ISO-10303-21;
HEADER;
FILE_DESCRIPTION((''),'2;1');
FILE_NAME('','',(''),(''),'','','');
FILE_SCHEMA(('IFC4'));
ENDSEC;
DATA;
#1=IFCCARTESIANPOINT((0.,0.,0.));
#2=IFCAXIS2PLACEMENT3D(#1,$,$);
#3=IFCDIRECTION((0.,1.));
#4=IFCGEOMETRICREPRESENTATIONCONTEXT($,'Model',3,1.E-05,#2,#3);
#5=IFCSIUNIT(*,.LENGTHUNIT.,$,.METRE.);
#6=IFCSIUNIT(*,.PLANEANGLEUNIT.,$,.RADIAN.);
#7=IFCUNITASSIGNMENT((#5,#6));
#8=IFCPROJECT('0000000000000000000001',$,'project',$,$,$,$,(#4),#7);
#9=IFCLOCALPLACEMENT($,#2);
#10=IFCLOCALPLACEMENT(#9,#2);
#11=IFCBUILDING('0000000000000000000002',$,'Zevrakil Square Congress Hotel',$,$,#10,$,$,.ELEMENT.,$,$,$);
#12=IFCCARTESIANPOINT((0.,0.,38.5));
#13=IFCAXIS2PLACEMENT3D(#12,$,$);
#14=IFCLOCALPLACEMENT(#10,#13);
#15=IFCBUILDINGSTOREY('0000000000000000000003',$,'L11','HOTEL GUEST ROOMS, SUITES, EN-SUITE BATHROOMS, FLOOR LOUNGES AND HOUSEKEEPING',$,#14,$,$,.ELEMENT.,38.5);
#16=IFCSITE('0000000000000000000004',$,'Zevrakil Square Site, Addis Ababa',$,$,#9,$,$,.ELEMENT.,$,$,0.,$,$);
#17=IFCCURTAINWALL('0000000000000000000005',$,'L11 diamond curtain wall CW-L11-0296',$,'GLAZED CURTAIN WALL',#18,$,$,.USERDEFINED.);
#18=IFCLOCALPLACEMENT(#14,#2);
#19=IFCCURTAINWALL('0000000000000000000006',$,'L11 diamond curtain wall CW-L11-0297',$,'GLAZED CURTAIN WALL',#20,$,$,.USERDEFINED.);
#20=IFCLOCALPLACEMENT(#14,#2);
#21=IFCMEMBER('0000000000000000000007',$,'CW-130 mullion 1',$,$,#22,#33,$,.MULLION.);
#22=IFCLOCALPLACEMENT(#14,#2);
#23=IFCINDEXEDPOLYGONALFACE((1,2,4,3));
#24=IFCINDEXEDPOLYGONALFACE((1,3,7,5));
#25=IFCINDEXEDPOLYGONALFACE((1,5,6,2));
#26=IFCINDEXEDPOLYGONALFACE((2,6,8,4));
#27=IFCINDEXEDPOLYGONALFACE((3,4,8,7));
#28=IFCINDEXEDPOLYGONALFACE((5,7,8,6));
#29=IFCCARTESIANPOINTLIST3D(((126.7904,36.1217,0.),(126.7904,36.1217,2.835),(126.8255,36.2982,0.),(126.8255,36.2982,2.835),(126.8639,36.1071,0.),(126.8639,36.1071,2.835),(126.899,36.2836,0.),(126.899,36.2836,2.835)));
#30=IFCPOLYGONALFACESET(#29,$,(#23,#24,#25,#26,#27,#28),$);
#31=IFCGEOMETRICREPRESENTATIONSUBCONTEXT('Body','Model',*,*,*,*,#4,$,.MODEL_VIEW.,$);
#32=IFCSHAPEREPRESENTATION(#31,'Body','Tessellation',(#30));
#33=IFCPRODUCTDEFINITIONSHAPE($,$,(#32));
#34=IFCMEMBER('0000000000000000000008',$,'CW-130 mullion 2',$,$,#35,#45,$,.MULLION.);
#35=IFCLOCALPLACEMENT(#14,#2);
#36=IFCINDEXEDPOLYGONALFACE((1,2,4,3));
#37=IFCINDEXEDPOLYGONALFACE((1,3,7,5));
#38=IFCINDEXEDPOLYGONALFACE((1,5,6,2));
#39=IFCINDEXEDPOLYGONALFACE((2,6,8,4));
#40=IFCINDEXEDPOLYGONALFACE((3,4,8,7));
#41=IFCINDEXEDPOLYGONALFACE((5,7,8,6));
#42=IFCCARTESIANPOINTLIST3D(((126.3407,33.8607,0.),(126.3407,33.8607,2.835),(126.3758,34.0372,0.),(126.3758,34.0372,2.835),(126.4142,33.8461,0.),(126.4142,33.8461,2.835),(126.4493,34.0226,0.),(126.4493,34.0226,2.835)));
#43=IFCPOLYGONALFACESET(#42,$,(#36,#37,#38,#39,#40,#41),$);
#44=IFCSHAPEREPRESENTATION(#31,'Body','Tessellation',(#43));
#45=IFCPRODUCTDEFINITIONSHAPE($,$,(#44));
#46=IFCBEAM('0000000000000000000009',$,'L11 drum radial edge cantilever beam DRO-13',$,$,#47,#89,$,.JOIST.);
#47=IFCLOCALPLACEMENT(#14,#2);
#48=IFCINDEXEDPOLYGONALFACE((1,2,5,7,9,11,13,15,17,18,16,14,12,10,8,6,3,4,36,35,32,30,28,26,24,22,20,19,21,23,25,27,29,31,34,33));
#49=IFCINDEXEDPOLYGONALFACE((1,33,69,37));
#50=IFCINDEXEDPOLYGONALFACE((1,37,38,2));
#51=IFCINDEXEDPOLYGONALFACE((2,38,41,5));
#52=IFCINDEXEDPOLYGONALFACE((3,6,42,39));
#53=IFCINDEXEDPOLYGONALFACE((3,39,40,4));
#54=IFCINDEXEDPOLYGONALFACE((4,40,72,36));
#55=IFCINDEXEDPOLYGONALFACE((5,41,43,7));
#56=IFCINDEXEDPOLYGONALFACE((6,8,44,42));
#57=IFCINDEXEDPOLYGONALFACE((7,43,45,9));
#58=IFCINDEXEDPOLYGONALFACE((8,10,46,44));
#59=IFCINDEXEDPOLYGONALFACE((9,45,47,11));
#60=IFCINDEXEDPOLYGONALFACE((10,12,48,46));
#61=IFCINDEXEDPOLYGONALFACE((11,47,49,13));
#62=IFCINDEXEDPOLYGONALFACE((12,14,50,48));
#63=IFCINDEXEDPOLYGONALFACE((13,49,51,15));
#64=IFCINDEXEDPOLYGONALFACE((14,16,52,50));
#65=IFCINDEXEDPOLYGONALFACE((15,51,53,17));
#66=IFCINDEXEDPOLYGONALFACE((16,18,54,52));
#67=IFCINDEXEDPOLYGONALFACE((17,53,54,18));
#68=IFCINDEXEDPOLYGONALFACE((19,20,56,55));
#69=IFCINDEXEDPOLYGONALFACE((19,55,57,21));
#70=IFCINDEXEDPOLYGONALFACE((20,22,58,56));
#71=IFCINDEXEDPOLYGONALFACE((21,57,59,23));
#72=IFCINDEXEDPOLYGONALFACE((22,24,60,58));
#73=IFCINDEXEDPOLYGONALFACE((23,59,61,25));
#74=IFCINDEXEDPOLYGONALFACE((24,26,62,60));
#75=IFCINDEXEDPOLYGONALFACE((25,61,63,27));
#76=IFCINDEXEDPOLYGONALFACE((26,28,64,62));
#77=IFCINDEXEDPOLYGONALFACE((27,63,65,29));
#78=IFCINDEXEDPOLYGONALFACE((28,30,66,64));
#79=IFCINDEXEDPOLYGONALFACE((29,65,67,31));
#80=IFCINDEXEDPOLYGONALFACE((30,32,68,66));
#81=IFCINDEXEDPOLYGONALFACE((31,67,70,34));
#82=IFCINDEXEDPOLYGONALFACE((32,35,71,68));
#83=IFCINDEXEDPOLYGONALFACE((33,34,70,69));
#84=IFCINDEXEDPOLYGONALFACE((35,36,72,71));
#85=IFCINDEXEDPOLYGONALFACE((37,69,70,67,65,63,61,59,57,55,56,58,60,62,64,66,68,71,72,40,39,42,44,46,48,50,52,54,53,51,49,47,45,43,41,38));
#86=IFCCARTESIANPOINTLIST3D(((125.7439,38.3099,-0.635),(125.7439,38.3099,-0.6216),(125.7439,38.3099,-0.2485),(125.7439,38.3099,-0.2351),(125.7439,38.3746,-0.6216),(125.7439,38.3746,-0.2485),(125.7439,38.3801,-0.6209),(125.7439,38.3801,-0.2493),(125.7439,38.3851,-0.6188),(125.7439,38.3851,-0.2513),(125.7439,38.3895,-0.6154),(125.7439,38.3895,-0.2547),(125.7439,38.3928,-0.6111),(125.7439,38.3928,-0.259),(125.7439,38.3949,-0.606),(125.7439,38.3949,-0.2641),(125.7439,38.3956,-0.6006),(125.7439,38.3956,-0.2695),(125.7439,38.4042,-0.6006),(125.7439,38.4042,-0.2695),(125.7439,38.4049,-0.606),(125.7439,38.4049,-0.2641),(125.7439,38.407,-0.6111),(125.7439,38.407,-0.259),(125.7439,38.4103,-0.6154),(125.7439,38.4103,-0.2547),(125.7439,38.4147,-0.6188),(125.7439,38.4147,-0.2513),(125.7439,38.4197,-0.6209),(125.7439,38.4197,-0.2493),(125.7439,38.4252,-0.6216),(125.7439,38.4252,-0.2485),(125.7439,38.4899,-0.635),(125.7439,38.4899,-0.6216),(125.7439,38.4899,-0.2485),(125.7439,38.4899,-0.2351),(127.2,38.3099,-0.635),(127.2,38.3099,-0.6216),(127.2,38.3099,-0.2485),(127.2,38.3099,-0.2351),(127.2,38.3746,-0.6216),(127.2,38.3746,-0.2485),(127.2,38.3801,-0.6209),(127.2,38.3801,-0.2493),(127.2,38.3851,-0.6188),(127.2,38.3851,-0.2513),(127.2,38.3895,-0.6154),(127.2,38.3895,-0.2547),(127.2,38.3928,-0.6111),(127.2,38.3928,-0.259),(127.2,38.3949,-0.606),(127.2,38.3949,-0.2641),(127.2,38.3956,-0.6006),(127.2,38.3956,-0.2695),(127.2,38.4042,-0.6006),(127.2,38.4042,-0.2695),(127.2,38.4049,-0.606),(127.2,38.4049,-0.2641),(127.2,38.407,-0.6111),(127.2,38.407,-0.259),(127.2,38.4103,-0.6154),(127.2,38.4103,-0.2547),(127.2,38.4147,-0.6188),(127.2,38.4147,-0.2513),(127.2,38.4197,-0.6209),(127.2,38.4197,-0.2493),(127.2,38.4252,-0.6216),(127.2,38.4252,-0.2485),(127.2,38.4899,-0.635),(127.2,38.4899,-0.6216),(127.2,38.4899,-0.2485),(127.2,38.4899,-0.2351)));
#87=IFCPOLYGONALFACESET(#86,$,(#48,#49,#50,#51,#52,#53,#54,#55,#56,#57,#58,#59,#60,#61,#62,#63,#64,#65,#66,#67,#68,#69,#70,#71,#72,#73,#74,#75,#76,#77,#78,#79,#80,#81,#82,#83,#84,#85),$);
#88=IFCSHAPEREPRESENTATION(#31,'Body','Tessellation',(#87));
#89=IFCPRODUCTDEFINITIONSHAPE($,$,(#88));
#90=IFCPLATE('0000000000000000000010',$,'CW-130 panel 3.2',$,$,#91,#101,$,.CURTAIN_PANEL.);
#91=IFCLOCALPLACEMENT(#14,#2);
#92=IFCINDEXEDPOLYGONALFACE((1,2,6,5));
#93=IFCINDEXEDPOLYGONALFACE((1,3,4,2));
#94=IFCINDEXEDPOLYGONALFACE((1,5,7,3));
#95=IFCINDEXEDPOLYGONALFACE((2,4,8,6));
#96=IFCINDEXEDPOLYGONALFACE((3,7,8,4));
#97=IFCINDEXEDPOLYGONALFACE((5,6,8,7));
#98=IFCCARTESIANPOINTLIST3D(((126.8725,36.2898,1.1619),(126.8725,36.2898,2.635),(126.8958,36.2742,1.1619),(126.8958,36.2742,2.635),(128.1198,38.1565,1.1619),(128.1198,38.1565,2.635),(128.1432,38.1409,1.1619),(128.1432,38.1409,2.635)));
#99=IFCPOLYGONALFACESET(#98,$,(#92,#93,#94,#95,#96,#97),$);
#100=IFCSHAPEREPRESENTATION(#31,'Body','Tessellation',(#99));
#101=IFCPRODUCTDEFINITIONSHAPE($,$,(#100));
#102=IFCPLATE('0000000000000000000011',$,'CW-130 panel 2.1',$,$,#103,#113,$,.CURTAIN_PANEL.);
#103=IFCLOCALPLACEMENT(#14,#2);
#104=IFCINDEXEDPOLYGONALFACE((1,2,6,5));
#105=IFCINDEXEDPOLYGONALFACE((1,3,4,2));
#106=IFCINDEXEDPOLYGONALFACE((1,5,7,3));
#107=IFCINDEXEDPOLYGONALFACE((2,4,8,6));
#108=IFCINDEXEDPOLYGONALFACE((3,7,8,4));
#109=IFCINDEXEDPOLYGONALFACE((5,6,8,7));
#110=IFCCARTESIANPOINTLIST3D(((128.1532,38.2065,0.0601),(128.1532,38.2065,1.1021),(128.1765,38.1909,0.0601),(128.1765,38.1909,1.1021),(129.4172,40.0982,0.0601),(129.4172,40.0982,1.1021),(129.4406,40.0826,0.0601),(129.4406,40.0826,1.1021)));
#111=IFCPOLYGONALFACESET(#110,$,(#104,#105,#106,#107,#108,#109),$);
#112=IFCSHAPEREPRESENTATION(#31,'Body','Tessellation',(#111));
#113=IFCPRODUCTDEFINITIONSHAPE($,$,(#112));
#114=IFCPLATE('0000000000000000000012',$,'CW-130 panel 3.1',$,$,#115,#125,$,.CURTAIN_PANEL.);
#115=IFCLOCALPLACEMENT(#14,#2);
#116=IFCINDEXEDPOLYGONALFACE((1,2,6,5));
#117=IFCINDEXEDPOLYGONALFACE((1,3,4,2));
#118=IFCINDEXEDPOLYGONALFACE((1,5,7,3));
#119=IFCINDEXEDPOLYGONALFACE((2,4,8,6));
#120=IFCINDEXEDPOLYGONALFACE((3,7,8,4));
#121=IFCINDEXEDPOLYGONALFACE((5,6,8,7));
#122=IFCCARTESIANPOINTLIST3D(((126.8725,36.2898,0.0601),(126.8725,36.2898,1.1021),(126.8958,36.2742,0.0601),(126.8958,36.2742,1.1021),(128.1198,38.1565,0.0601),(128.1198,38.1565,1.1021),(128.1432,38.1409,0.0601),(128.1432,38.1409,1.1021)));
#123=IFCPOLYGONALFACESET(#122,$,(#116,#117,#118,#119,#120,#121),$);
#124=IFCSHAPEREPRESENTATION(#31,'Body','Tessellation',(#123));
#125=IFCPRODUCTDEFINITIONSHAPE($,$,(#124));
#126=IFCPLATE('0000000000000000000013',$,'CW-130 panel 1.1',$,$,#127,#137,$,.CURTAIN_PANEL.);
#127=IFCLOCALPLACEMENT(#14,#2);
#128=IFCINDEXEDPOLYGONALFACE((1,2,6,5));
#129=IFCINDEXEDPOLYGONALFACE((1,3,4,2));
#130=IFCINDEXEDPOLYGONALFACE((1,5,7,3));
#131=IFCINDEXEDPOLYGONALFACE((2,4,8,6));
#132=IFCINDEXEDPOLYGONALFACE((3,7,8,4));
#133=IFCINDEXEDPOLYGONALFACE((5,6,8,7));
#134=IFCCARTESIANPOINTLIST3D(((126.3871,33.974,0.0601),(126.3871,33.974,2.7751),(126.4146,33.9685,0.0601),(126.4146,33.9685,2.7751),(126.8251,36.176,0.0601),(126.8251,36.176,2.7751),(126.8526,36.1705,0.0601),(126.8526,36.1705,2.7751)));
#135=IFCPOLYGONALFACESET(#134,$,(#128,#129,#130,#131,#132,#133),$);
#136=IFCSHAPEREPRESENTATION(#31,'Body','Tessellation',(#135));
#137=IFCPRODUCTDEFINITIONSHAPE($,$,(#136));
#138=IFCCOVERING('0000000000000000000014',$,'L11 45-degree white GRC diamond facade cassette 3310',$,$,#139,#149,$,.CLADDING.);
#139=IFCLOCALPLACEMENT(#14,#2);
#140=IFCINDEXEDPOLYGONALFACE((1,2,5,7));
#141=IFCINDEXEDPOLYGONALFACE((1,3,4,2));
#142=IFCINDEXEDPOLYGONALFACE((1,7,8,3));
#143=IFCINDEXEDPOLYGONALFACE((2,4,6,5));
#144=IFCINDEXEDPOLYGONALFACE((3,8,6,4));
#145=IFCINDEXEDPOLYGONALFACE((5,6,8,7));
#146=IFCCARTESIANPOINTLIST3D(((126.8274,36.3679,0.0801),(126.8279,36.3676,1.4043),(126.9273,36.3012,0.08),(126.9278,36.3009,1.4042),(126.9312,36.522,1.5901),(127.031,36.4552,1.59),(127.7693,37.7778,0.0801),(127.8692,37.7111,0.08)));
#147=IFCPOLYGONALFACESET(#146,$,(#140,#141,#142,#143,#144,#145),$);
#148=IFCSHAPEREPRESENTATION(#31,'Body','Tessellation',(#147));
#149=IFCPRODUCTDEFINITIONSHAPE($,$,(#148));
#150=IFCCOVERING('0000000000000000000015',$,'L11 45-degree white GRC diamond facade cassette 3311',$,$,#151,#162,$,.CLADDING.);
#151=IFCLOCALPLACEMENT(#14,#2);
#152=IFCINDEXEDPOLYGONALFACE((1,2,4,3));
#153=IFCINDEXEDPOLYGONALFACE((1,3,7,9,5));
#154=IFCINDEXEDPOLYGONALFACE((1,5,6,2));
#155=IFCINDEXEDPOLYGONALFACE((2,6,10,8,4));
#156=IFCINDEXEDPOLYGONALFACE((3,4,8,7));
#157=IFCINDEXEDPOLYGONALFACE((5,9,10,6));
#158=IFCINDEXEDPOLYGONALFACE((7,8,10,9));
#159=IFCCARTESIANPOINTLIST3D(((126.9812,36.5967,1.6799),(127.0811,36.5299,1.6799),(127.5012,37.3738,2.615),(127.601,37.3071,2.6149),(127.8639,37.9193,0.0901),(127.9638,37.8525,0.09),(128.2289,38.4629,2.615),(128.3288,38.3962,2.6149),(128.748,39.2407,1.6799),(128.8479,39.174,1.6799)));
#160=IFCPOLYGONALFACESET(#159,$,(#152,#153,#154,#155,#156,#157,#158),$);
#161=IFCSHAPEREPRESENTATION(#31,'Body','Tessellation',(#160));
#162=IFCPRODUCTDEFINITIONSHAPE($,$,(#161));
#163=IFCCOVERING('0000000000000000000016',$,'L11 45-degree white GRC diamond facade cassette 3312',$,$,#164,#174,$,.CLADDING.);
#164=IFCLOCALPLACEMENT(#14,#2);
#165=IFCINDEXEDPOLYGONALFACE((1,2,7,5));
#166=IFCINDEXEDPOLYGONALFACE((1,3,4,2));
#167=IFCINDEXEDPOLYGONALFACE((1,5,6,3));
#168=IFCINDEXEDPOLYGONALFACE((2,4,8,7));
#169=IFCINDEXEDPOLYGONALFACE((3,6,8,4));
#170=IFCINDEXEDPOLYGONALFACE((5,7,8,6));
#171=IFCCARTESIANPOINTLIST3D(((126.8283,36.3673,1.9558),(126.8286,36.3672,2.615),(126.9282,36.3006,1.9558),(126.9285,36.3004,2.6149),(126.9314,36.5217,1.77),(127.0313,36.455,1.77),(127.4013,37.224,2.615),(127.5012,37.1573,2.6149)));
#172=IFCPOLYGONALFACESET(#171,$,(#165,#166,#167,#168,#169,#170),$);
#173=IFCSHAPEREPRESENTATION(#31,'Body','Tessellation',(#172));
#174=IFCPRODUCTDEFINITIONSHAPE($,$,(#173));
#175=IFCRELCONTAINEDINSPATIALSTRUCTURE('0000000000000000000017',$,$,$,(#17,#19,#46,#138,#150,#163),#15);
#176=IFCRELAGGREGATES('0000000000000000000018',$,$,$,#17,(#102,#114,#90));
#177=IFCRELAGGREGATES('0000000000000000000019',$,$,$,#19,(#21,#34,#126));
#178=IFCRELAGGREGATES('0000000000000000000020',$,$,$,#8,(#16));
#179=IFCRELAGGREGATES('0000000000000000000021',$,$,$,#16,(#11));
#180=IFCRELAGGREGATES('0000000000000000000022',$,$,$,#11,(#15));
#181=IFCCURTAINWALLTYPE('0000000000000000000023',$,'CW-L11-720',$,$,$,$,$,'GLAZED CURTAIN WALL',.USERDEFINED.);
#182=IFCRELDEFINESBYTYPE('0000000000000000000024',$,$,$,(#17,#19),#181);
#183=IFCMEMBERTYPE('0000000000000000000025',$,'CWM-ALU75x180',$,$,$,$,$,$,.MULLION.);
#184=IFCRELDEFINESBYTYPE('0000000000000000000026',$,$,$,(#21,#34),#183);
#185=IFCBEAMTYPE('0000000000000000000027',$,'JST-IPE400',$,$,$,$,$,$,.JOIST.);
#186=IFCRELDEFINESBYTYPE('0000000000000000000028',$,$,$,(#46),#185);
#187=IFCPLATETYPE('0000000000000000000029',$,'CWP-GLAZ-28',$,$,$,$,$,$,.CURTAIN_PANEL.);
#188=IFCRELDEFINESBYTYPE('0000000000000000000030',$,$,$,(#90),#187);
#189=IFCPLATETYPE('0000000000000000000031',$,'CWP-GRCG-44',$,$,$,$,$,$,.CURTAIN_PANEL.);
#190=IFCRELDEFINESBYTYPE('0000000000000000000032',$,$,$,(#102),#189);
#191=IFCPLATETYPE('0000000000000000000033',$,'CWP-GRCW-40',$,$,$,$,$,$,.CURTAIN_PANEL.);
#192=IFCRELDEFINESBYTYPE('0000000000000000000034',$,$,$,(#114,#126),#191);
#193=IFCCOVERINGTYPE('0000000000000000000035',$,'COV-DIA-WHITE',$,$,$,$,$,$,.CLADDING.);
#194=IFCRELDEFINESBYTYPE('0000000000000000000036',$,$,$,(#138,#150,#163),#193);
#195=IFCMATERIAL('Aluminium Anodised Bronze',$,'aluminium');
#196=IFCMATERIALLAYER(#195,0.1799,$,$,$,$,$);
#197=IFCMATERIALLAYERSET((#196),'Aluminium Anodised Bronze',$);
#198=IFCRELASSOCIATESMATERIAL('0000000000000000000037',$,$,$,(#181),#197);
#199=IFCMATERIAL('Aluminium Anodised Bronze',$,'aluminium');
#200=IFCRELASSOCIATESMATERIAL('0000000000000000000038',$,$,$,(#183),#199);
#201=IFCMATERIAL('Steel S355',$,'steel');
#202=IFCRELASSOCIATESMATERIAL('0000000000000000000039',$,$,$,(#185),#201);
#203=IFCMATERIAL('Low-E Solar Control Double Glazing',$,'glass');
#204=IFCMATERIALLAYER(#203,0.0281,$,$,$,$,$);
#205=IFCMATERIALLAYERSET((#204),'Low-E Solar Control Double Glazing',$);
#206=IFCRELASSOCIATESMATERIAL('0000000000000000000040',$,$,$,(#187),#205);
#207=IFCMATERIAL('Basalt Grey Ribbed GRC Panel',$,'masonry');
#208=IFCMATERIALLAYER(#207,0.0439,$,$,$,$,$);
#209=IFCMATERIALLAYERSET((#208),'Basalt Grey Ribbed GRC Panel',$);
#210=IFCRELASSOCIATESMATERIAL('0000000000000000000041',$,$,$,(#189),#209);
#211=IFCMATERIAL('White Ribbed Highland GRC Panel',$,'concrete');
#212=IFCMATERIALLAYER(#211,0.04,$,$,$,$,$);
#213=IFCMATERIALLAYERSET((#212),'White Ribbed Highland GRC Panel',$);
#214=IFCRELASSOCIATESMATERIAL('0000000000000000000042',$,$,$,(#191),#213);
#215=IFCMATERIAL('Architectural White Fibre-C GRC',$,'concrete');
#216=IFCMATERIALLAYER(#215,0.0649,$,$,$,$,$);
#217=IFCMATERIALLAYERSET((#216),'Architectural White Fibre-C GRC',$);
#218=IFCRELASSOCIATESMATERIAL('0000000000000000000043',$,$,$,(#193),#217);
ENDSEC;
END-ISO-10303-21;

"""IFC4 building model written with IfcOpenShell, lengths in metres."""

from ifc_helpers import new_model, si_unit, direction, frame, origin, origin_2d, place, context, subcontext, project, spatial, polyline, rectangle, i_section, outline, extrude, material, layer, layer_set, material_profile, profile_set, type_object, element, aggregate, save


model = new_model("IFC4")

# Units and contexts
model_context = context("Model", 3, precision=1e-05, world=origin(), true_north=direction((0.0, 1.0)))
body_context = subcontext(model_context, "Body", "Model", "MODEL_VIEW")
ifc_project = project(units=[si_unit("LENGTHUNIT", "METRE"), si_unit("PLANEANGLEUNIT", "RADIAN")], contexts=[model_context])

# Site, building, storey
site_placement = place(None, origin())
site = spatial("IfcSite", under=ifc_project, at=site_placement, Name="Zevrakil Square Site, Addis Ababa", CompositionType="ELEMENT", RefElevation=0.0)
building_placement = place(site_placement, origin())
building = spatial("IfcBuilding", under=site, at=building_placement, Name="Zevrakil Square Congress Hotel", CompositionType="ELEMENT")
storey_placement = place(building_placement, frame((0.0, 0.0, 38.5)))
storey = spatial("IfcBuildingStorey", under=building, at=storey_placement, Name="L11", Description="HOTEL GUEST ROOMS, SUITES, EN-SUITE BATHROOMS, FLOOR LOUNGES AND HOUSEKEEPING", CompositionType="ELEMENT", Elevation=38.5)

# Curtain walls
ifc_material_1 = material(Name="Aluminium Anodised Bronze", Category="aluminium")
ifc_layer_1 = layer(ifc_material_1, 0.1799)
ifc_layer_set_1 = layer_set([ifc_layer_1], Name="Aluminium Anodised Bronze")
curtain_wall_type = type_object("IfcCurtainWallType", Name="CW-L11-720", ElementType="GLAZED CURTAIN WALL", PredefinedType="USERDEFINED", material=ifc_layer_set_1)
curtain_wall_1_placement = place(storey_placement, origin())
curtain_wall_1 = element("IfcCurtainWall", 1, at=curtain_wall_1_placement, inside=storey, type_object=curtain_wall_type, Name="L11 diamond curtain wall CW-L11-0296", ObjectType="GLAZED CURTAIN WALL", PredefinedType="USERDEFINED")
curtain_wall_2_placement = place(storey_placement, origin())
curtain_wall_2 = element("IfcCurtainWall", 2, at=curtain_wall_2_placement, inside=storey, type_object=curtain_wall_type, Name="L11 diamond curtain wall CW-L11-0297", ObjectType="GLAZED CURTAIN WALL", PredefinedType="USERDEFINED")

# Members
ifc_material_2 = material(Name="Aluminium Anodised Bronze", Category="aluminium")
ifc_material_profile_1 = material_profile(ifc_material_2, rectangle(XDim=0.075, YDim=0.1799, at=origin_2d()), Name="ALU 75x180")
ifc_profile_set_1 = profile_set([ifc_material_profile_1], Name="Aluminium Anodised Bronze")
member_type_1 = type_object("IfcMemberType", Name="CWM-ALU75x180", PredefinedType="MULLION", material=ifc_profile_set_1)
member_1_placement = place(storey_placement, frame((126.8447, 36.2026, 0.0), z_axis=(0.0, 0.0, 1.0), x_axis=(0.980787, -0.195084, 0.0)))
member_1 = element("IfcMember", 3, at=member_1_placement, type_object=member_type_1, Name="CW-130 mullion 1", PredefinedType="MULLION", context=body_context, shape_type="SweptSolid", body=[
    extrude(rectangle(XDim=0.075, YDim=0.1799, at=origin_2d()), origin(), (0.0, 0.0, 1.0), 2.835),
])
member_2_placement = place(storey_placement, frame((126.395, 33.9417, 0.0), z_axis=(0.0, 0.0, 1.0), x_axis=(0.980787, -0.195084, 0.0)))
member_2 = element("IfcMember", 4, at=member_2_placement, type_object=member_type_1, Name="CW-130 mullion 2", PredefinedType="MULLION", context=body_context, shape_type="SweptSolid", body=[
    extrude(rectangle(XDim=0.075, YDim=0.1799, at=origin_2d()), origin(), (0.0, 0.0, 1.0), 2.835),
])

# Beam
ifc_material_3 = material(Name="Steel S355", Category="steel")
ifc_material_profile_2 = material_profile(ifc_material_3, i_section(OverallWidth=0.1799, OverallDepth=0.3999, WebThickness=0.0085, FlangeThickness=0.0134, FilletRadius=0.021, at=origin_2d()), Name="IPE 400")
ifc_profile_set_2 = profile_set([ifc_material_profile_2], Name="Steel S355")
beam_type_1 = type_object("IfcBeamType", Name="JST-IPE400", PredefinedType="JOIST", material=ifc_profile_set_2)
beam_1_placement = place(storey_placement, frame((127.2, 38.3999, -0.4351), z_axis=(-1.0, 0.0, 0.0), x_axis=(0.0, -1.0, 0.0)))
element("IfcBeam", 5, at=beam_1_placement, inside=storey, type_object=beam_type_1, Name="L11 drum radial edge cantilever beam DRO-13", PredefinedType="JOIST", context=body_context, shape_type="SweptSolid", body=[
    extrude(i_section(OverallWidth=0.1799, OverallDepth=0.3999, WebThickness=0.0085, FlangeThickness=0.0134, FilletRadius=0.021, at=origin_2d()), origin(), (0.0, 0.0, 1.0), 1.4561),
])

# Plates
ifc_material_4 = material(Name="Low-E Solar Control Double Glazing", Category="glass")
ifc_layer_2 = layer(ifc_material_4, 0.0281)
ifc_layer_set_2 = layer_set([ifc_layer_2], Name="Low-E Solar Control Double Glazing")
plate_type_1 = type_object("IfcPlateType", Name="CWP-GLAZ-28", PredefinedType="CURTAIN_PANEL", material=ifc_layer_set_2)
plate_1_placement = place(storey_placement, frame((127.5078, 37.2153, 1.1619), z_axis=(0.0, 0.0, 1.0), x_axis=(-0.555576, -0.831466, 0.0)))
plate_1 = element("IfcPlate", 6, at=plate_1_placement, type_object=plate_type_1, Name="CW-130 panel 3.2", PredefinedType="CURTAIN_PANEL", context=body_context, shape_type="SweptSolid", body=[
    extrude(rectangle(XDim=2.2451, YDim=0.0281, at=origin_2d()), origin(), (0.0, 0.0, 1.0), 1.4731),
])
ifc_material_5 = material(Name="Basalt Grey Ribbed GRC Panel", Category="masonry")
ifc_layer_3 = layer(ifc_material_5, 0.0439)
ifc_layer_set_3 = layer_set([ifc_layer_3], Name="Basalt Grey Ribbed GRC Panel")
plate_type_2 = type_object("IfcPlateType", Name="CWP-GRCG-44", PredefinedType="CURTAIN_PANEL", material=ifc_layer_set_3)
plate_2_placement = place(storey_placement, frame((128.7969, 39.1445, 0.0601), z_axis=(0.0, 0.0, 1.0), x_axis=(-0.555576, -0.831466, 0.0)))
plate_2 = element("IfcPlate", 7, at=plate_2_placement, type_object=plate_type_2, Name="CW-130 panel 2.1", PredefinedType="CURTAIN_PANEL", context=body_context, shape_type="SweptSolid", body=[
    extrude(rectangle(XDim=2.2751, YDim=0.0281, at=origin_2d()), origin(), (0.0, 0.0, 1.0), 1.042),
])
ifc_material_6 = material(Name="White Ribbed Highland GRC Panel", Category="concrete")
ifc_layer_4 = layer(ifc_material_6, 0.04)
ifc_layer_set_4 = layer_set([ifc_layer_4], Name="White Ribbed Highland GRC Panel")
plate_type_3 = type_object("IfcPlateType", Name="CWP-GRCW-40", PredefinedType="CURTAIN_PANEL", material=ifc_layer_set_4)
plate_3_placement = place(storey_placement, frame((127.5078, 37.2153, 0.0601), z_axis=(0.0, 0.0, 1.0), x_axis=(-0.555576, -0.831466, 0.0)))
plate_3 = element("IfcPlate", 8, at=plate_3_placement, type_object=plate_type_3, Name="CW-130 panel 3.1", PredefinedType="CURTAIN_PANEL", context=body_context, shape_type="SweptSolid", body=[
    extrude(rectangle(XDim=2.2451, YDim=0.0281, at=origin_2d()), origin(), (0.0, 0.0, 1.0), 1.042),
])
aggregate(curtain_wall_1, [plate_2, plate_3, plate_1])
plate_4_placement = place(storey_placement, frame((126.6199, 35.0723, 0.0601), z_axis=(0.0, 0.0, 1.0), x_axis=(-0.195084, -0.980787, 0.0)))
plate_4 = element("IfcPlate", 9, at=plate_4_placement, type_object=plate_type_3, Name="CW-130 panel 1.1", PredefinedType="CURTAIN_PANEL", context=body_context, shape_type="SweptSolid", body=[
    extrude(rectangle(XDim=2.2451, YDim=0.0281, at=origin_2d()), origin(), (0.0, 0.0, 1.0), 2.7151),
])
aggregate(curtain_wall_2, [member_1, member_2, plate_4])

# Coverings
ifc_material_7 = material(Name="Architectural White Fibre-C GRC", Category="concrete")
ifc_layer_5 = layer(ifc_material_7, 0.0649)
ifc_layer_set_5 = layer_set([ifc_layer_5], Name="Architectural White Fibre-C GRC")
covering_type_1 = type_object("IfcCoveringType", Name="COV-DIA-WHITE", PredefinedType="CLADDING", material=ifc_layer_set_5)
covering_1_placement = place(storey_placement, frame((126.9312, 36.522, 1.5901), z_axis=(-0.831496, 0.555531, 0.00046), x_axis=(-0.39296, -0.58758, -0.707341)))
element("IfcCovering", 10, at=covering_1_placement, inside=storey, type_object=covering_type_1, Name="L11 45-degree white GRC diamond facade cassette 3310", PredefinedType="CLADDING", context=body_context, shape_type="SweptSolid", body=[
    extrude(outline(polyline([(0.0, 0.0), (0.2627, 0.0), (1.1994, -0.936), (0.0008, -2.1354), (0.0, 0.0)])), origin(), (0.0, 0.0, -1.0), 0.1201),
])
covering_2_placement = place(storey_placement, frame((126.9812, 36.5967, 1.6799), z_axis=(-0.831447, 0.555603, 0.000563), x_axis=(0.39257, 0.588189, -0.707052)))
element("IfcCovering", 11, at=covering_2_placement, inside=storey, type_object=covering_type_1, Name="L11 45-degree white GRC diamond facade cassette 3311", PredefinedType="CLADDING", context=body_context, shape_type="SweptSolid", body=[
    extrude(outline(polyline([(0.0, 0.0), (2.2486, 0.0), (2.2488, -2.2485), (0.9264, -2.2485), (0.0001, -1.3224), (0.0, 0.0)])), origin(), (0.0, 0.0, -1.0), 0.1201),
])
covering_3_placement = place(storey_placement, frame((126.9314, 36.5217, 1.77), z_axis=(-0.831389, 0.55569, 0.000502), x_axis=(0.39323, 0.587689, 0.707101)))
element("IfcCovering", 12, at=covering_3_placement, inside=storey, type_object=covering_type_1, Name="L11 45-degree white GRC diamond facade cassette 3312", PredefinedType="CLADDING", context=body_context, shape_type="SweptSolid", body=[
    extrude(outline(polyline([(0.0, 0.0), (1.195, 0.0), (0.4662, -0.7287), (0.0001, -0.2627), (0.0, 0.0)])), origin(), (0.0, 0.0, -1.0), 0.1201),
])

save(model, "model.ifc")
